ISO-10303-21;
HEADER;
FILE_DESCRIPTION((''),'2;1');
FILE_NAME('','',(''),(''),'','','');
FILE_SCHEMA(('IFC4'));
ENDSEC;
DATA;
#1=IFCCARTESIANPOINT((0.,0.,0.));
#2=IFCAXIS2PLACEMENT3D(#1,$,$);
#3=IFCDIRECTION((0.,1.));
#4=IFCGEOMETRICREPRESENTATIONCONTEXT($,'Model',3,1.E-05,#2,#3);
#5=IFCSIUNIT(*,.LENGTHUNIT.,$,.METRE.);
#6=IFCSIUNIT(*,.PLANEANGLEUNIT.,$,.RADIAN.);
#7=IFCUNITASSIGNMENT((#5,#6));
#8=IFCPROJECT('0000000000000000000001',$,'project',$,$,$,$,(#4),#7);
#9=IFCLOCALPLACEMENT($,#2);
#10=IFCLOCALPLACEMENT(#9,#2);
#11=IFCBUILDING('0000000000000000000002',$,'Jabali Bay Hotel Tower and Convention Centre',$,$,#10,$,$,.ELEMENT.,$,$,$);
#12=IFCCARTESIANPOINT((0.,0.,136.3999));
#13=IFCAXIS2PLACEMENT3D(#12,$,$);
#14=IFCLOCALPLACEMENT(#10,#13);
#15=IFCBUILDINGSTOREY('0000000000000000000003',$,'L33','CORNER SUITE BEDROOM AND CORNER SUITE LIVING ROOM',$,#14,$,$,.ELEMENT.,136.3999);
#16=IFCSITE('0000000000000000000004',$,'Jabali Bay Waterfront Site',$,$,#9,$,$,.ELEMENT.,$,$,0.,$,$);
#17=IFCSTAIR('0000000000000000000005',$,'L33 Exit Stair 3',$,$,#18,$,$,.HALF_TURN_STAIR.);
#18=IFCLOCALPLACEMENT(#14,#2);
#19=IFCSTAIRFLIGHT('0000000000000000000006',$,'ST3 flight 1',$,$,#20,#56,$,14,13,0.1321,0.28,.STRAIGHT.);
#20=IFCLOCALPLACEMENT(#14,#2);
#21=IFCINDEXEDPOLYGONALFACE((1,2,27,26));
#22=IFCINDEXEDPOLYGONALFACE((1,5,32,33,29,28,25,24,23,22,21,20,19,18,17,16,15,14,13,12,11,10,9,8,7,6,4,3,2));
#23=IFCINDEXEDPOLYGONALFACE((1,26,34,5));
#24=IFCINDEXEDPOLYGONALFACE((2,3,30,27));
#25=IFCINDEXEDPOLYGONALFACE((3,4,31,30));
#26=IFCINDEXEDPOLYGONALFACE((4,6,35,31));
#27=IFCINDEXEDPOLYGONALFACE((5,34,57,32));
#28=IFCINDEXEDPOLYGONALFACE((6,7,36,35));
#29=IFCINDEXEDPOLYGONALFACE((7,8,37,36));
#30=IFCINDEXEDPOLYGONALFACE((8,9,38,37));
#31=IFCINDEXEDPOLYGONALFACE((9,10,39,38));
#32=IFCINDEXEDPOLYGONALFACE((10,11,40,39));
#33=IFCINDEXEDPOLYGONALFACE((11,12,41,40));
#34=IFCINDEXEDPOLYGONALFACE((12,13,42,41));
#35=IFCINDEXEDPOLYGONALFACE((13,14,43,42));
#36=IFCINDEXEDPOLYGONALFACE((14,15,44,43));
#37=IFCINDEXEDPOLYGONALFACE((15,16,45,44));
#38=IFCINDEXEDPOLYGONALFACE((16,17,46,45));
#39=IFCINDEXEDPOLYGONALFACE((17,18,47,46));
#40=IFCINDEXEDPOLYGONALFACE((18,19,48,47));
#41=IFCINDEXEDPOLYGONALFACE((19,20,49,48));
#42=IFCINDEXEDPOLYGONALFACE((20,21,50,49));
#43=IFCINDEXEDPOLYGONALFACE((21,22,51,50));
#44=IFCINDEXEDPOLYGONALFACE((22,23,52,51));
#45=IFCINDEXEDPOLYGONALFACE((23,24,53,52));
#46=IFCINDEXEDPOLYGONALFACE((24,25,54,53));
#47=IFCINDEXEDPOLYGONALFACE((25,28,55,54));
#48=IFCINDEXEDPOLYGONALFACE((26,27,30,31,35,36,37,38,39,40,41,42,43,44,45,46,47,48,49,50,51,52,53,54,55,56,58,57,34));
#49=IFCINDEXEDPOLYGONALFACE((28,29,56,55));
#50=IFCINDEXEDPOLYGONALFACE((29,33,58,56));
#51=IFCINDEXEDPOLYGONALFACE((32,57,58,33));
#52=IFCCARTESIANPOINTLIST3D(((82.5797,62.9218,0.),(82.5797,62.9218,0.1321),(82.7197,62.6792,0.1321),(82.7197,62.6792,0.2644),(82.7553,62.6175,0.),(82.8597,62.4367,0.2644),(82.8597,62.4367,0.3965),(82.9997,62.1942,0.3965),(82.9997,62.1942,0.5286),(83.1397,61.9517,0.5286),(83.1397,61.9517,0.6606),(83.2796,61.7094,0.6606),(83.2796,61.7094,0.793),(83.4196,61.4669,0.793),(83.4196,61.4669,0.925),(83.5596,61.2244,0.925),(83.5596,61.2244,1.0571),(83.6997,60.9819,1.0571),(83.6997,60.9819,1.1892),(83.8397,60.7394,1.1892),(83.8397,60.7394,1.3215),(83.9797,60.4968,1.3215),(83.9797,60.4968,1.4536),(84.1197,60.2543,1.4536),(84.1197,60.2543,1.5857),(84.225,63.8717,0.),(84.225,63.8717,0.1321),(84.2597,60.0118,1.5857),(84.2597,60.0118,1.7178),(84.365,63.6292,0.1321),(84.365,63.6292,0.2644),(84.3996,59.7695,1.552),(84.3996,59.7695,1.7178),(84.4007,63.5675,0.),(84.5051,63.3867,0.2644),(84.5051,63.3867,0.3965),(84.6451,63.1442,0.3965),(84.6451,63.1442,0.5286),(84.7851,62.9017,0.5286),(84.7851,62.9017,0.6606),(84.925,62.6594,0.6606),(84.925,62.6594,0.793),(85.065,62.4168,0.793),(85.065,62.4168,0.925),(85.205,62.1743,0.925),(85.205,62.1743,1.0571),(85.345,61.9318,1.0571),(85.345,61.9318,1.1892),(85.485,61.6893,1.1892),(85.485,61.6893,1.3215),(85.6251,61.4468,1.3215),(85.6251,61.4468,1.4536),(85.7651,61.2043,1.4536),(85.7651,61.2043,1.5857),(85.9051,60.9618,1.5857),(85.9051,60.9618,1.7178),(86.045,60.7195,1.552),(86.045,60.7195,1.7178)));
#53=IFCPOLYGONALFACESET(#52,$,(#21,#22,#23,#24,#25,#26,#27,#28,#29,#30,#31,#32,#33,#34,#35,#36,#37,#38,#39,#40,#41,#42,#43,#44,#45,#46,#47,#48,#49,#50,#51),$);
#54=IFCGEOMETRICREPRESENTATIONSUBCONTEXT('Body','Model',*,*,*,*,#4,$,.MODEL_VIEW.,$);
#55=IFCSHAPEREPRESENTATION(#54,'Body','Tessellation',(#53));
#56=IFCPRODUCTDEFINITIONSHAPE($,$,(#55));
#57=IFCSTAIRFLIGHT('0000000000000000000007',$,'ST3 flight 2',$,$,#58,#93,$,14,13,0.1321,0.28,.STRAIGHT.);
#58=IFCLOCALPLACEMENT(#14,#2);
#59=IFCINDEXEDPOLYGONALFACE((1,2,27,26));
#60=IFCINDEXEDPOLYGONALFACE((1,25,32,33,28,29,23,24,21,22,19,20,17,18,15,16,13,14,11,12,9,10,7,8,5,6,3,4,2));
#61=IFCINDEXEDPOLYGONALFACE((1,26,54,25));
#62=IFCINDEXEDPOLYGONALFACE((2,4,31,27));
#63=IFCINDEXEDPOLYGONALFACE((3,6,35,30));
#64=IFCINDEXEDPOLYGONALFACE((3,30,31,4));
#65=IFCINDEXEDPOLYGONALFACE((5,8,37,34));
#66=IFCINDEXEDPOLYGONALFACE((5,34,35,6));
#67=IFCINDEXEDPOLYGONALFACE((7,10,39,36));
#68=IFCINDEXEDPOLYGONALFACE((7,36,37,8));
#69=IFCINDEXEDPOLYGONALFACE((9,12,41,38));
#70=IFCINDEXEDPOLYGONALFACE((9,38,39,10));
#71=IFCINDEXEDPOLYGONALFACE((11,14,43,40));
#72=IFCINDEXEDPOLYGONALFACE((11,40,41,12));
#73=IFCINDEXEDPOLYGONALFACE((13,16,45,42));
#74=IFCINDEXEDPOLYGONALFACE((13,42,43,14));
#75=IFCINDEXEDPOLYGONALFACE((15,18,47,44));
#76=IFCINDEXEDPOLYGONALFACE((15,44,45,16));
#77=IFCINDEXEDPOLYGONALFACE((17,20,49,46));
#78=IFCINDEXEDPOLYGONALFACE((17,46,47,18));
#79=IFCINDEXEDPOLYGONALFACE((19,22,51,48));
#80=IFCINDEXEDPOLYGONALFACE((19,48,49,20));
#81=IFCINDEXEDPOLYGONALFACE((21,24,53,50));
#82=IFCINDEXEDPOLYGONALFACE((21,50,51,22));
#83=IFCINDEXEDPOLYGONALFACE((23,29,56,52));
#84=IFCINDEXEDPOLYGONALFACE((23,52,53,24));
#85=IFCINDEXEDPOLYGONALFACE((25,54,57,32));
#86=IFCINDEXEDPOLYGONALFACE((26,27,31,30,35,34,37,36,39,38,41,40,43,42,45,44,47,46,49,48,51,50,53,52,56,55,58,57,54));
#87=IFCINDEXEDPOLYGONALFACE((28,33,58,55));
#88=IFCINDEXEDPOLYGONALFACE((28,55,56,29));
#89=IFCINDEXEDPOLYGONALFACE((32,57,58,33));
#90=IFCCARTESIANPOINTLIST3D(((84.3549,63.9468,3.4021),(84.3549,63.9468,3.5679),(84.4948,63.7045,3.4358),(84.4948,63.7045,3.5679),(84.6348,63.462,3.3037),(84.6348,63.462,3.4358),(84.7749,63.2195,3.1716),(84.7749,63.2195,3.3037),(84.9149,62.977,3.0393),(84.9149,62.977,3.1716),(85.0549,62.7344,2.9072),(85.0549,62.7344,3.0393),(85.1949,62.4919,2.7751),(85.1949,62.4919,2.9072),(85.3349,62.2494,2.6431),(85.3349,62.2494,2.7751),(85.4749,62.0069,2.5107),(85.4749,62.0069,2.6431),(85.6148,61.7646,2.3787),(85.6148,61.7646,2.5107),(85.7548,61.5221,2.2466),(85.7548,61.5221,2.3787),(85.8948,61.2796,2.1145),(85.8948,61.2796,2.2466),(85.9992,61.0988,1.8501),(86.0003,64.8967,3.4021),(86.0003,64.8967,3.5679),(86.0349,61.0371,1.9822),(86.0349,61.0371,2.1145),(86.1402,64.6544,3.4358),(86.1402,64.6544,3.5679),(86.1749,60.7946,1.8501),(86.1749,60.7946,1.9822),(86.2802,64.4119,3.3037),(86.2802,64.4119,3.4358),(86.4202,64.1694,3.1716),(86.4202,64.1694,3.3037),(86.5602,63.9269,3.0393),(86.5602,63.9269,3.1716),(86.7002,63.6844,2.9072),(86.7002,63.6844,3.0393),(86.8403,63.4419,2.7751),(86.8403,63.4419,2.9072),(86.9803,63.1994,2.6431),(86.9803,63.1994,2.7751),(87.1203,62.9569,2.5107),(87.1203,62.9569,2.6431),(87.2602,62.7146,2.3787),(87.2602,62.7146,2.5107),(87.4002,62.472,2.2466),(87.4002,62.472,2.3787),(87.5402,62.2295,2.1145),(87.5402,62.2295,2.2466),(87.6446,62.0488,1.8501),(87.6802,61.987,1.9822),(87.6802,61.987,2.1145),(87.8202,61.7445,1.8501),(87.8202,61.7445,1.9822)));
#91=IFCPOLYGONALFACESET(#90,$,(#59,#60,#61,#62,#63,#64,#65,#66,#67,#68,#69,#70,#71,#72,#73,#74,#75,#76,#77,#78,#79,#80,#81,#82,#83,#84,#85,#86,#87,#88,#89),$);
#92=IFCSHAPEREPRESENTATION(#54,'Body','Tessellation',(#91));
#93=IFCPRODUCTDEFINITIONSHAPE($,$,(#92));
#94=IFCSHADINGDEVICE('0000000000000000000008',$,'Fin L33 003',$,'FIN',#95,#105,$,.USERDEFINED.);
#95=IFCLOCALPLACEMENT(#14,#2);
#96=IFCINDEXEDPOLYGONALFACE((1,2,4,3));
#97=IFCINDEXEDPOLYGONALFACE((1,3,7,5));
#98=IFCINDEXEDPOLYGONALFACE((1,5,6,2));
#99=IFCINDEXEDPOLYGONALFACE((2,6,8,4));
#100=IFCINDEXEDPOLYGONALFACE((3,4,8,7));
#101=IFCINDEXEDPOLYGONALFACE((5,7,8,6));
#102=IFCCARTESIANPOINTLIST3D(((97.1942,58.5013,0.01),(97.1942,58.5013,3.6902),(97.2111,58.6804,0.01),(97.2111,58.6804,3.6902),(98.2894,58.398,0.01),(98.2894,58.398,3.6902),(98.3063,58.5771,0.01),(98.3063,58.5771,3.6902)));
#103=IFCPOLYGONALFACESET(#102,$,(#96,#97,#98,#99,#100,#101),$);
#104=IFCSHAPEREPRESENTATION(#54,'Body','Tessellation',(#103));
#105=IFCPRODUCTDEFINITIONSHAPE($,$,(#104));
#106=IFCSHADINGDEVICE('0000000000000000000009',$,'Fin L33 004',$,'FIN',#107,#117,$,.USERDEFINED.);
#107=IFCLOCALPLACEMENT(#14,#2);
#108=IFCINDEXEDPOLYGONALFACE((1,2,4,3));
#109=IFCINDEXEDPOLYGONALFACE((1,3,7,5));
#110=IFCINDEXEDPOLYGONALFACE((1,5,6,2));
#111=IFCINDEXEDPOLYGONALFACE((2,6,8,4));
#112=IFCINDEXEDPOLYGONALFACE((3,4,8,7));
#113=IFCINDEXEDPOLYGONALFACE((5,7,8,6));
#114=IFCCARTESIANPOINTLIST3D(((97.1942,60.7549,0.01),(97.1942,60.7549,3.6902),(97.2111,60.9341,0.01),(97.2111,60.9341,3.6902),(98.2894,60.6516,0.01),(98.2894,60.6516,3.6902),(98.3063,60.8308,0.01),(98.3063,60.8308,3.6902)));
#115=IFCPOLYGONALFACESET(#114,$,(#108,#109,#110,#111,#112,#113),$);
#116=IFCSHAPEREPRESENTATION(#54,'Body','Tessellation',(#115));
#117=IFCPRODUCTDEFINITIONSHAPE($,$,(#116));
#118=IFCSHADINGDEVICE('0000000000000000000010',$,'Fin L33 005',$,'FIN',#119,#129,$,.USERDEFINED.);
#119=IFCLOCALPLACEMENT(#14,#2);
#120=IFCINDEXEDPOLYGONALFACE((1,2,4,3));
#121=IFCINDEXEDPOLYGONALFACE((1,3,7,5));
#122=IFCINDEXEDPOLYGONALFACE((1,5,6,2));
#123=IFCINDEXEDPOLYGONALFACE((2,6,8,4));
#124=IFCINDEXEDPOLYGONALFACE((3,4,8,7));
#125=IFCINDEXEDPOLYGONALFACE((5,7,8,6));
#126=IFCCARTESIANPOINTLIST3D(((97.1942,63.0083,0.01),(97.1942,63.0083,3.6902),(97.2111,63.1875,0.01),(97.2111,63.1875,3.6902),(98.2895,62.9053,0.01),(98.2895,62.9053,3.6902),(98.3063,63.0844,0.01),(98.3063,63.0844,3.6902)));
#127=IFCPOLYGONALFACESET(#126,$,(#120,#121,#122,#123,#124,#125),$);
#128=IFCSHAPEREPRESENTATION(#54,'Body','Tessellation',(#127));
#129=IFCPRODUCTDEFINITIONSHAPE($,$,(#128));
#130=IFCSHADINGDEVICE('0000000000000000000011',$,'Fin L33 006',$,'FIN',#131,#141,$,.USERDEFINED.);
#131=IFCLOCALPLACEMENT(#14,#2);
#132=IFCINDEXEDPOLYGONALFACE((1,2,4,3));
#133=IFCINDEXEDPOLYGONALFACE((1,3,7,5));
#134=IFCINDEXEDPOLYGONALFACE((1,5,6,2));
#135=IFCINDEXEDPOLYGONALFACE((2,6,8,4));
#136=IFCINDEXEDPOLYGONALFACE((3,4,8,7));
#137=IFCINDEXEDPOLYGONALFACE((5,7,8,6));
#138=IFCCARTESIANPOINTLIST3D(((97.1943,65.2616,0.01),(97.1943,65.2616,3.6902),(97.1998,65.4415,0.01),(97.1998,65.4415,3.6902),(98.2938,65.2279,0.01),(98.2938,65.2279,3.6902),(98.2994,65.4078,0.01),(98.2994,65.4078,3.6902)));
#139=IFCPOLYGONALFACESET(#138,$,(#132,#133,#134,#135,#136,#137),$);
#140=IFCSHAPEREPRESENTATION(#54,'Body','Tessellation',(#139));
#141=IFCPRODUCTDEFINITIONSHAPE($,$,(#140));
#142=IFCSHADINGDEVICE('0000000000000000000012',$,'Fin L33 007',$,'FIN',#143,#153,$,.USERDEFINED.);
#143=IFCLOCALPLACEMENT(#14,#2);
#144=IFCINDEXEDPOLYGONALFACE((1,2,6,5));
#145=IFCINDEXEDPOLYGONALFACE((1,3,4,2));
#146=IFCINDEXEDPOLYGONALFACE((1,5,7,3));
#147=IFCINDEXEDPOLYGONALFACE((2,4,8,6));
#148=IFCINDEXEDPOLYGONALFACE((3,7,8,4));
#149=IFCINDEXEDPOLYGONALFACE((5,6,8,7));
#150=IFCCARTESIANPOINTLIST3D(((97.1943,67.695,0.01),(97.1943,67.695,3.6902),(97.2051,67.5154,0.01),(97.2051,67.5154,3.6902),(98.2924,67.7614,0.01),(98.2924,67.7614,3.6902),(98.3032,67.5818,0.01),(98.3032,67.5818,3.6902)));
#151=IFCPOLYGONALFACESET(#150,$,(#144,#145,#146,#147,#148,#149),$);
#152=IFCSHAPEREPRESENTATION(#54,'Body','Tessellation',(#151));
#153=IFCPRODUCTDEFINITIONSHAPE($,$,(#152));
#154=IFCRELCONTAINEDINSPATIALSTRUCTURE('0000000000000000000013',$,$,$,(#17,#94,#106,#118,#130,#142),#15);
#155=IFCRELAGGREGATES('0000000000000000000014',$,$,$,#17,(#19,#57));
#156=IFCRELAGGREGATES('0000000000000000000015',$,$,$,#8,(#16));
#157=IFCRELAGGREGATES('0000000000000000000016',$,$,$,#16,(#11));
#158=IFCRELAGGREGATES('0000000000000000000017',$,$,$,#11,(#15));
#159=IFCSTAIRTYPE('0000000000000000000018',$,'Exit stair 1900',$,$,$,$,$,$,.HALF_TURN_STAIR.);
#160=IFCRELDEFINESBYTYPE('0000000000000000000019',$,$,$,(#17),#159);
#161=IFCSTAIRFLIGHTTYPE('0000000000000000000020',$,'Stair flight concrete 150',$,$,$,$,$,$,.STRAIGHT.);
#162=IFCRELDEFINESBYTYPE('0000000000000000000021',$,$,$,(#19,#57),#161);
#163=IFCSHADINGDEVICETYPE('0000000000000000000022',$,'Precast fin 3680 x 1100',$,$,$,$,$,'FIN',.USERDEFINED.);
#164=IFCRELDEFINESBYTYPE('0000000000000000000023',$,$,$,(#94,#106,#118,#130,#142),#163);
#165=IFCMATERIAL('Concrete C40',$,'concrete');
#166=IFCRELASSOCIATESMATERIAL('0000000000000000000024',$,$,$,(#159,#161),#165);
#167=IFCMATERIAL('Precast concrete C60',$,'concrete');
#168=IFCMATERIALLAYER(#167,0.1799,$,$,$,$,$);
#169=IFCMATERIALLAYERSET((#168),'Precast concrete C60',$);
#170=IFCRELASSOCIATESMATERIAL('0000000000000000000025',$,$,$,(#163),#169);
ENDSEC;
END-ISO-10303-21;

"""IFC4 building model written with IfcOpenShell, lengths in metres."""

from ifc_helpers import new_model, si_unit, direction, frame, frame_2d, origin, place, context, subcontext, project, spatial, polyline, rectangle, outline, extrude, material, layer, layer_set, type_object, element, aggregate, save


model = new_model("IFC4")

# Units and contexts
model_context = context("Model", 3, precision=1e-05, world=origin(), true_north=direction((0.0, 1.0)))
body_context = subcontext(model_context, "Body", "Model", "MODEL_VIEW")
ifc_project = project(units=[si_unit("LENGTHUNIT", "METRE"), si_unit("PLANEANGLEUNIT", "RADIAN")], contexts=[model_context])

# Site, building, storey
site_placement = place(None, origin())
site = spatial("IfcSite", under=ifc_project, at=site_placement, Name="Jabali Bay Waterfront Site", CompositionType="ELEMENT", RefElevation=0.0)
building_placement = place(site_placement, origin())
building = spatial("IfcBuilding", under=site, at=building_placement, Name="Jabali Bay Hotel Tower and Convention Centre", CompositionType="ELEMENT")
storey_placement = place(building_placement, frame((0.0, 0.0, 136.3999)))
storey = spatial("IfcBuildingStorey", under=building, at=storey_placement, Name="L33", Description="CORNER SUITE BEDROOM AND CORNER SUITE LIVING ROOM", CompositionType="ELEMENT", Elevation=136.3999)

# Shared definitions
ifc_material_1 = material(Name="Concrete C40", Category="concrete")

# Stair, stair flights
stair_type = type_object("IfcStairType", Name="Exit stair 1900", PredefinedType="HALF_TURN_STAIR", material=ifc_material_1)
stair_placement = place(storey_placement, origin())
stair = element("IfcStair", 1, at=stair_placement, inside=storey, type_object=stair_type, Name="L33 Exit Stair 3", PredefinedType="HALF_TURN_STAIR")
stair_flight_type = type_object("IfcStairFlightType", Name="Stair flight concrete 150", PredefinedType="STRAIGHT", material=ifc_material_1)
stair_flight_1_placement = place(storey_placement, frame((83.4023, 63.3967, 0.0), z_axis=(0.0, 0.0, 1.0), x_axis=(0.5, -0.866025, 0.0)))
stair_flight_1 = element("IfcStairFlight", 2, at=stair_flight_1_placement, type_object=stair_flight_type, Name="ST3 flight 1", NumberOfRisers=14, NumberOfTreads=13, PredefinedType="STRAIGHT", RiserHeight=0.1321, TreadLength=0.28, context=body_context, shape_type="SweptSolid", body=[
    extrude(outline(polyline([(0.0, 0.0), (0.0, 0.1321), (0.28, 0.1321), (0.28, 0.2644), (0.5601, 0.2644), (0.5601, 0.3965), (0.8401, 0.3965), (0.8401, 0.5286), (1.1201, 0.5286), (1.1201, 0.6606), (1.3999, 0.6606), (1.3999, 0.793), (1.6799, 0.793), (1.6799, 0.925), (1.96, 0.925), (1.96, 1.0571), (2.24, 1.0571), (2.24, 1.1892), (2.52, 1.1892), (2.52, 1.3215), (2.8, 1.3215), (2.8, 1.4536), (3.0801, 1.4536), (3.0801, 1.5857), (3.3601, 1.5857), (3.3601, 1.7178), (3.6399, 1.7178), (3.6399, 1.8501), (3.6399, 1.552), (0.3513, 0.0), (0.0, 0.0)])), frame((0.0, 0.95, 0.0), z_axis=(0.0, -1.0, 0.0), x_axis=(1.0, 0.0, 0.0)), (0.0, 0.0, 1.0), 1.8999),
])
stair_flight_2_placement = place(storey_placement, frame((86.9976, 61.2695, 1.8501), z_axis=(0.0, 0.0, 1.0), x_axis=(-0.5, 0.866025, 0.0)))
stair_flight_2 = element("IfcStairFlight", 3, at=stair_flight_2_placement, type_object=stair_flight_type, Name="ST3 flight 2", NumberOfRisers=14, NumberOfTreads=13, PredefinedType="STRAIGHT", RiserHeight=0.1321, TreadLength=0.28, context=body_context, shape_type="SweptSolid", body=[
    extrude(outline(polyline([(0.0, 0.0), (0.0, 0.1321), (0.28, 0.1321), (0.28, 0.2644), (0.5601, 0.2644), (0.5601, 0.3965), (0.8401, 0.3965), (0.8401, 0.5286), (1.1201, 0.5286), (1.1201, 0.6606), (1.3999, 0.6606), (1.3999, 0.793), (1.6799, 0.793), (1.6799, 0.925), (1.96, 0.925), (1.96, 1.0571), (2.24, 1.0571), (2.24, 1.1892), (2.52, 1.1892), (2.52, 1.3215), (2.8, 1.3215), (2.8, 1.4536), (3.0801, 1.4536), (3.0801, 1.5857), (3.3601, 1.5857), (3.3601, 1.7178), (3.6399, 1.7178), (3.6399, 1.8501), (3.6399, 1.552), (0.3513, 0.0), (0.0, 0.0)])), frame((0.0, 0.95, 0.0), z_axis=(0.0, -1.0, 0.0), x_axis=(1.0, 0.0, 0.0)), (0.0, 0.0, 1.0), 1.8999),
])
aggregate(stair, [stair_flight_1, stair_flight_2])

# Shading devices
ifc_material_2 = material(Name="Precast concrete C60", Category="concrete")
ifc_layer_1 = layer(ifc_material_2, 0.1799)
ifc_layer_set_1 = layer_set([ifc_layer_1], Name="Precast concrete C60")
shading_device_type = type_object("IfcShadingDeviceType", Name="Precast fin 3680 x 1100", ElementType="FIN", PredefinedType="USERDEFINED", material=ifc_layer_set_1)
for number, where, z_axis, x_axis, name in (
    (4, (97.2026, 58.5908, 0.01), (0.0, 0.0, 1.0), (0.995584, -0.093877, 0.0), "Fin L33 003"),
    (5, (97.2026, 60.8445, 0.01), (0.0, 0.0, 1.0), (0.995584, -0.093877, 0.0), "Fin L33 004"),
    (6, (97.2026, 63.0979, 0.01), (0.0, 0.0, 1.0), (0.995605, -0.093657, 0.0), "Fin L33 005"),
    (7, (97.197, 65.3516, 0.01), (0.0, 0.0, 1.0), (0.999531, -0.030625, 0.0), "Fin L33 006"),
    (8, (97.1997, 67.6052, 0.01), (0.0, 0.0, 1.0), (0.998177, 0.060361, 0.0), "Fin L33 007"),
):
    element("IfcShadingDevice", number, at=place(storey_placement, frame(where, z_axis=z_axis, x_axis=x_axis)), inside=storey, type_object=shading_device_type, Name=name, ObjectType="FIN", PredefinedType="USERDEFINED", context=body_context, shape_type="SweptSolid", body=[
        extrude(rectangle(XDim=1.1001, YDim=0.1799, at=frame_2d((0.55, 0.0))), origin(), (0.0, 0.0, 1.0), 3.6802),
    ])

save(model, "model.ifc")
